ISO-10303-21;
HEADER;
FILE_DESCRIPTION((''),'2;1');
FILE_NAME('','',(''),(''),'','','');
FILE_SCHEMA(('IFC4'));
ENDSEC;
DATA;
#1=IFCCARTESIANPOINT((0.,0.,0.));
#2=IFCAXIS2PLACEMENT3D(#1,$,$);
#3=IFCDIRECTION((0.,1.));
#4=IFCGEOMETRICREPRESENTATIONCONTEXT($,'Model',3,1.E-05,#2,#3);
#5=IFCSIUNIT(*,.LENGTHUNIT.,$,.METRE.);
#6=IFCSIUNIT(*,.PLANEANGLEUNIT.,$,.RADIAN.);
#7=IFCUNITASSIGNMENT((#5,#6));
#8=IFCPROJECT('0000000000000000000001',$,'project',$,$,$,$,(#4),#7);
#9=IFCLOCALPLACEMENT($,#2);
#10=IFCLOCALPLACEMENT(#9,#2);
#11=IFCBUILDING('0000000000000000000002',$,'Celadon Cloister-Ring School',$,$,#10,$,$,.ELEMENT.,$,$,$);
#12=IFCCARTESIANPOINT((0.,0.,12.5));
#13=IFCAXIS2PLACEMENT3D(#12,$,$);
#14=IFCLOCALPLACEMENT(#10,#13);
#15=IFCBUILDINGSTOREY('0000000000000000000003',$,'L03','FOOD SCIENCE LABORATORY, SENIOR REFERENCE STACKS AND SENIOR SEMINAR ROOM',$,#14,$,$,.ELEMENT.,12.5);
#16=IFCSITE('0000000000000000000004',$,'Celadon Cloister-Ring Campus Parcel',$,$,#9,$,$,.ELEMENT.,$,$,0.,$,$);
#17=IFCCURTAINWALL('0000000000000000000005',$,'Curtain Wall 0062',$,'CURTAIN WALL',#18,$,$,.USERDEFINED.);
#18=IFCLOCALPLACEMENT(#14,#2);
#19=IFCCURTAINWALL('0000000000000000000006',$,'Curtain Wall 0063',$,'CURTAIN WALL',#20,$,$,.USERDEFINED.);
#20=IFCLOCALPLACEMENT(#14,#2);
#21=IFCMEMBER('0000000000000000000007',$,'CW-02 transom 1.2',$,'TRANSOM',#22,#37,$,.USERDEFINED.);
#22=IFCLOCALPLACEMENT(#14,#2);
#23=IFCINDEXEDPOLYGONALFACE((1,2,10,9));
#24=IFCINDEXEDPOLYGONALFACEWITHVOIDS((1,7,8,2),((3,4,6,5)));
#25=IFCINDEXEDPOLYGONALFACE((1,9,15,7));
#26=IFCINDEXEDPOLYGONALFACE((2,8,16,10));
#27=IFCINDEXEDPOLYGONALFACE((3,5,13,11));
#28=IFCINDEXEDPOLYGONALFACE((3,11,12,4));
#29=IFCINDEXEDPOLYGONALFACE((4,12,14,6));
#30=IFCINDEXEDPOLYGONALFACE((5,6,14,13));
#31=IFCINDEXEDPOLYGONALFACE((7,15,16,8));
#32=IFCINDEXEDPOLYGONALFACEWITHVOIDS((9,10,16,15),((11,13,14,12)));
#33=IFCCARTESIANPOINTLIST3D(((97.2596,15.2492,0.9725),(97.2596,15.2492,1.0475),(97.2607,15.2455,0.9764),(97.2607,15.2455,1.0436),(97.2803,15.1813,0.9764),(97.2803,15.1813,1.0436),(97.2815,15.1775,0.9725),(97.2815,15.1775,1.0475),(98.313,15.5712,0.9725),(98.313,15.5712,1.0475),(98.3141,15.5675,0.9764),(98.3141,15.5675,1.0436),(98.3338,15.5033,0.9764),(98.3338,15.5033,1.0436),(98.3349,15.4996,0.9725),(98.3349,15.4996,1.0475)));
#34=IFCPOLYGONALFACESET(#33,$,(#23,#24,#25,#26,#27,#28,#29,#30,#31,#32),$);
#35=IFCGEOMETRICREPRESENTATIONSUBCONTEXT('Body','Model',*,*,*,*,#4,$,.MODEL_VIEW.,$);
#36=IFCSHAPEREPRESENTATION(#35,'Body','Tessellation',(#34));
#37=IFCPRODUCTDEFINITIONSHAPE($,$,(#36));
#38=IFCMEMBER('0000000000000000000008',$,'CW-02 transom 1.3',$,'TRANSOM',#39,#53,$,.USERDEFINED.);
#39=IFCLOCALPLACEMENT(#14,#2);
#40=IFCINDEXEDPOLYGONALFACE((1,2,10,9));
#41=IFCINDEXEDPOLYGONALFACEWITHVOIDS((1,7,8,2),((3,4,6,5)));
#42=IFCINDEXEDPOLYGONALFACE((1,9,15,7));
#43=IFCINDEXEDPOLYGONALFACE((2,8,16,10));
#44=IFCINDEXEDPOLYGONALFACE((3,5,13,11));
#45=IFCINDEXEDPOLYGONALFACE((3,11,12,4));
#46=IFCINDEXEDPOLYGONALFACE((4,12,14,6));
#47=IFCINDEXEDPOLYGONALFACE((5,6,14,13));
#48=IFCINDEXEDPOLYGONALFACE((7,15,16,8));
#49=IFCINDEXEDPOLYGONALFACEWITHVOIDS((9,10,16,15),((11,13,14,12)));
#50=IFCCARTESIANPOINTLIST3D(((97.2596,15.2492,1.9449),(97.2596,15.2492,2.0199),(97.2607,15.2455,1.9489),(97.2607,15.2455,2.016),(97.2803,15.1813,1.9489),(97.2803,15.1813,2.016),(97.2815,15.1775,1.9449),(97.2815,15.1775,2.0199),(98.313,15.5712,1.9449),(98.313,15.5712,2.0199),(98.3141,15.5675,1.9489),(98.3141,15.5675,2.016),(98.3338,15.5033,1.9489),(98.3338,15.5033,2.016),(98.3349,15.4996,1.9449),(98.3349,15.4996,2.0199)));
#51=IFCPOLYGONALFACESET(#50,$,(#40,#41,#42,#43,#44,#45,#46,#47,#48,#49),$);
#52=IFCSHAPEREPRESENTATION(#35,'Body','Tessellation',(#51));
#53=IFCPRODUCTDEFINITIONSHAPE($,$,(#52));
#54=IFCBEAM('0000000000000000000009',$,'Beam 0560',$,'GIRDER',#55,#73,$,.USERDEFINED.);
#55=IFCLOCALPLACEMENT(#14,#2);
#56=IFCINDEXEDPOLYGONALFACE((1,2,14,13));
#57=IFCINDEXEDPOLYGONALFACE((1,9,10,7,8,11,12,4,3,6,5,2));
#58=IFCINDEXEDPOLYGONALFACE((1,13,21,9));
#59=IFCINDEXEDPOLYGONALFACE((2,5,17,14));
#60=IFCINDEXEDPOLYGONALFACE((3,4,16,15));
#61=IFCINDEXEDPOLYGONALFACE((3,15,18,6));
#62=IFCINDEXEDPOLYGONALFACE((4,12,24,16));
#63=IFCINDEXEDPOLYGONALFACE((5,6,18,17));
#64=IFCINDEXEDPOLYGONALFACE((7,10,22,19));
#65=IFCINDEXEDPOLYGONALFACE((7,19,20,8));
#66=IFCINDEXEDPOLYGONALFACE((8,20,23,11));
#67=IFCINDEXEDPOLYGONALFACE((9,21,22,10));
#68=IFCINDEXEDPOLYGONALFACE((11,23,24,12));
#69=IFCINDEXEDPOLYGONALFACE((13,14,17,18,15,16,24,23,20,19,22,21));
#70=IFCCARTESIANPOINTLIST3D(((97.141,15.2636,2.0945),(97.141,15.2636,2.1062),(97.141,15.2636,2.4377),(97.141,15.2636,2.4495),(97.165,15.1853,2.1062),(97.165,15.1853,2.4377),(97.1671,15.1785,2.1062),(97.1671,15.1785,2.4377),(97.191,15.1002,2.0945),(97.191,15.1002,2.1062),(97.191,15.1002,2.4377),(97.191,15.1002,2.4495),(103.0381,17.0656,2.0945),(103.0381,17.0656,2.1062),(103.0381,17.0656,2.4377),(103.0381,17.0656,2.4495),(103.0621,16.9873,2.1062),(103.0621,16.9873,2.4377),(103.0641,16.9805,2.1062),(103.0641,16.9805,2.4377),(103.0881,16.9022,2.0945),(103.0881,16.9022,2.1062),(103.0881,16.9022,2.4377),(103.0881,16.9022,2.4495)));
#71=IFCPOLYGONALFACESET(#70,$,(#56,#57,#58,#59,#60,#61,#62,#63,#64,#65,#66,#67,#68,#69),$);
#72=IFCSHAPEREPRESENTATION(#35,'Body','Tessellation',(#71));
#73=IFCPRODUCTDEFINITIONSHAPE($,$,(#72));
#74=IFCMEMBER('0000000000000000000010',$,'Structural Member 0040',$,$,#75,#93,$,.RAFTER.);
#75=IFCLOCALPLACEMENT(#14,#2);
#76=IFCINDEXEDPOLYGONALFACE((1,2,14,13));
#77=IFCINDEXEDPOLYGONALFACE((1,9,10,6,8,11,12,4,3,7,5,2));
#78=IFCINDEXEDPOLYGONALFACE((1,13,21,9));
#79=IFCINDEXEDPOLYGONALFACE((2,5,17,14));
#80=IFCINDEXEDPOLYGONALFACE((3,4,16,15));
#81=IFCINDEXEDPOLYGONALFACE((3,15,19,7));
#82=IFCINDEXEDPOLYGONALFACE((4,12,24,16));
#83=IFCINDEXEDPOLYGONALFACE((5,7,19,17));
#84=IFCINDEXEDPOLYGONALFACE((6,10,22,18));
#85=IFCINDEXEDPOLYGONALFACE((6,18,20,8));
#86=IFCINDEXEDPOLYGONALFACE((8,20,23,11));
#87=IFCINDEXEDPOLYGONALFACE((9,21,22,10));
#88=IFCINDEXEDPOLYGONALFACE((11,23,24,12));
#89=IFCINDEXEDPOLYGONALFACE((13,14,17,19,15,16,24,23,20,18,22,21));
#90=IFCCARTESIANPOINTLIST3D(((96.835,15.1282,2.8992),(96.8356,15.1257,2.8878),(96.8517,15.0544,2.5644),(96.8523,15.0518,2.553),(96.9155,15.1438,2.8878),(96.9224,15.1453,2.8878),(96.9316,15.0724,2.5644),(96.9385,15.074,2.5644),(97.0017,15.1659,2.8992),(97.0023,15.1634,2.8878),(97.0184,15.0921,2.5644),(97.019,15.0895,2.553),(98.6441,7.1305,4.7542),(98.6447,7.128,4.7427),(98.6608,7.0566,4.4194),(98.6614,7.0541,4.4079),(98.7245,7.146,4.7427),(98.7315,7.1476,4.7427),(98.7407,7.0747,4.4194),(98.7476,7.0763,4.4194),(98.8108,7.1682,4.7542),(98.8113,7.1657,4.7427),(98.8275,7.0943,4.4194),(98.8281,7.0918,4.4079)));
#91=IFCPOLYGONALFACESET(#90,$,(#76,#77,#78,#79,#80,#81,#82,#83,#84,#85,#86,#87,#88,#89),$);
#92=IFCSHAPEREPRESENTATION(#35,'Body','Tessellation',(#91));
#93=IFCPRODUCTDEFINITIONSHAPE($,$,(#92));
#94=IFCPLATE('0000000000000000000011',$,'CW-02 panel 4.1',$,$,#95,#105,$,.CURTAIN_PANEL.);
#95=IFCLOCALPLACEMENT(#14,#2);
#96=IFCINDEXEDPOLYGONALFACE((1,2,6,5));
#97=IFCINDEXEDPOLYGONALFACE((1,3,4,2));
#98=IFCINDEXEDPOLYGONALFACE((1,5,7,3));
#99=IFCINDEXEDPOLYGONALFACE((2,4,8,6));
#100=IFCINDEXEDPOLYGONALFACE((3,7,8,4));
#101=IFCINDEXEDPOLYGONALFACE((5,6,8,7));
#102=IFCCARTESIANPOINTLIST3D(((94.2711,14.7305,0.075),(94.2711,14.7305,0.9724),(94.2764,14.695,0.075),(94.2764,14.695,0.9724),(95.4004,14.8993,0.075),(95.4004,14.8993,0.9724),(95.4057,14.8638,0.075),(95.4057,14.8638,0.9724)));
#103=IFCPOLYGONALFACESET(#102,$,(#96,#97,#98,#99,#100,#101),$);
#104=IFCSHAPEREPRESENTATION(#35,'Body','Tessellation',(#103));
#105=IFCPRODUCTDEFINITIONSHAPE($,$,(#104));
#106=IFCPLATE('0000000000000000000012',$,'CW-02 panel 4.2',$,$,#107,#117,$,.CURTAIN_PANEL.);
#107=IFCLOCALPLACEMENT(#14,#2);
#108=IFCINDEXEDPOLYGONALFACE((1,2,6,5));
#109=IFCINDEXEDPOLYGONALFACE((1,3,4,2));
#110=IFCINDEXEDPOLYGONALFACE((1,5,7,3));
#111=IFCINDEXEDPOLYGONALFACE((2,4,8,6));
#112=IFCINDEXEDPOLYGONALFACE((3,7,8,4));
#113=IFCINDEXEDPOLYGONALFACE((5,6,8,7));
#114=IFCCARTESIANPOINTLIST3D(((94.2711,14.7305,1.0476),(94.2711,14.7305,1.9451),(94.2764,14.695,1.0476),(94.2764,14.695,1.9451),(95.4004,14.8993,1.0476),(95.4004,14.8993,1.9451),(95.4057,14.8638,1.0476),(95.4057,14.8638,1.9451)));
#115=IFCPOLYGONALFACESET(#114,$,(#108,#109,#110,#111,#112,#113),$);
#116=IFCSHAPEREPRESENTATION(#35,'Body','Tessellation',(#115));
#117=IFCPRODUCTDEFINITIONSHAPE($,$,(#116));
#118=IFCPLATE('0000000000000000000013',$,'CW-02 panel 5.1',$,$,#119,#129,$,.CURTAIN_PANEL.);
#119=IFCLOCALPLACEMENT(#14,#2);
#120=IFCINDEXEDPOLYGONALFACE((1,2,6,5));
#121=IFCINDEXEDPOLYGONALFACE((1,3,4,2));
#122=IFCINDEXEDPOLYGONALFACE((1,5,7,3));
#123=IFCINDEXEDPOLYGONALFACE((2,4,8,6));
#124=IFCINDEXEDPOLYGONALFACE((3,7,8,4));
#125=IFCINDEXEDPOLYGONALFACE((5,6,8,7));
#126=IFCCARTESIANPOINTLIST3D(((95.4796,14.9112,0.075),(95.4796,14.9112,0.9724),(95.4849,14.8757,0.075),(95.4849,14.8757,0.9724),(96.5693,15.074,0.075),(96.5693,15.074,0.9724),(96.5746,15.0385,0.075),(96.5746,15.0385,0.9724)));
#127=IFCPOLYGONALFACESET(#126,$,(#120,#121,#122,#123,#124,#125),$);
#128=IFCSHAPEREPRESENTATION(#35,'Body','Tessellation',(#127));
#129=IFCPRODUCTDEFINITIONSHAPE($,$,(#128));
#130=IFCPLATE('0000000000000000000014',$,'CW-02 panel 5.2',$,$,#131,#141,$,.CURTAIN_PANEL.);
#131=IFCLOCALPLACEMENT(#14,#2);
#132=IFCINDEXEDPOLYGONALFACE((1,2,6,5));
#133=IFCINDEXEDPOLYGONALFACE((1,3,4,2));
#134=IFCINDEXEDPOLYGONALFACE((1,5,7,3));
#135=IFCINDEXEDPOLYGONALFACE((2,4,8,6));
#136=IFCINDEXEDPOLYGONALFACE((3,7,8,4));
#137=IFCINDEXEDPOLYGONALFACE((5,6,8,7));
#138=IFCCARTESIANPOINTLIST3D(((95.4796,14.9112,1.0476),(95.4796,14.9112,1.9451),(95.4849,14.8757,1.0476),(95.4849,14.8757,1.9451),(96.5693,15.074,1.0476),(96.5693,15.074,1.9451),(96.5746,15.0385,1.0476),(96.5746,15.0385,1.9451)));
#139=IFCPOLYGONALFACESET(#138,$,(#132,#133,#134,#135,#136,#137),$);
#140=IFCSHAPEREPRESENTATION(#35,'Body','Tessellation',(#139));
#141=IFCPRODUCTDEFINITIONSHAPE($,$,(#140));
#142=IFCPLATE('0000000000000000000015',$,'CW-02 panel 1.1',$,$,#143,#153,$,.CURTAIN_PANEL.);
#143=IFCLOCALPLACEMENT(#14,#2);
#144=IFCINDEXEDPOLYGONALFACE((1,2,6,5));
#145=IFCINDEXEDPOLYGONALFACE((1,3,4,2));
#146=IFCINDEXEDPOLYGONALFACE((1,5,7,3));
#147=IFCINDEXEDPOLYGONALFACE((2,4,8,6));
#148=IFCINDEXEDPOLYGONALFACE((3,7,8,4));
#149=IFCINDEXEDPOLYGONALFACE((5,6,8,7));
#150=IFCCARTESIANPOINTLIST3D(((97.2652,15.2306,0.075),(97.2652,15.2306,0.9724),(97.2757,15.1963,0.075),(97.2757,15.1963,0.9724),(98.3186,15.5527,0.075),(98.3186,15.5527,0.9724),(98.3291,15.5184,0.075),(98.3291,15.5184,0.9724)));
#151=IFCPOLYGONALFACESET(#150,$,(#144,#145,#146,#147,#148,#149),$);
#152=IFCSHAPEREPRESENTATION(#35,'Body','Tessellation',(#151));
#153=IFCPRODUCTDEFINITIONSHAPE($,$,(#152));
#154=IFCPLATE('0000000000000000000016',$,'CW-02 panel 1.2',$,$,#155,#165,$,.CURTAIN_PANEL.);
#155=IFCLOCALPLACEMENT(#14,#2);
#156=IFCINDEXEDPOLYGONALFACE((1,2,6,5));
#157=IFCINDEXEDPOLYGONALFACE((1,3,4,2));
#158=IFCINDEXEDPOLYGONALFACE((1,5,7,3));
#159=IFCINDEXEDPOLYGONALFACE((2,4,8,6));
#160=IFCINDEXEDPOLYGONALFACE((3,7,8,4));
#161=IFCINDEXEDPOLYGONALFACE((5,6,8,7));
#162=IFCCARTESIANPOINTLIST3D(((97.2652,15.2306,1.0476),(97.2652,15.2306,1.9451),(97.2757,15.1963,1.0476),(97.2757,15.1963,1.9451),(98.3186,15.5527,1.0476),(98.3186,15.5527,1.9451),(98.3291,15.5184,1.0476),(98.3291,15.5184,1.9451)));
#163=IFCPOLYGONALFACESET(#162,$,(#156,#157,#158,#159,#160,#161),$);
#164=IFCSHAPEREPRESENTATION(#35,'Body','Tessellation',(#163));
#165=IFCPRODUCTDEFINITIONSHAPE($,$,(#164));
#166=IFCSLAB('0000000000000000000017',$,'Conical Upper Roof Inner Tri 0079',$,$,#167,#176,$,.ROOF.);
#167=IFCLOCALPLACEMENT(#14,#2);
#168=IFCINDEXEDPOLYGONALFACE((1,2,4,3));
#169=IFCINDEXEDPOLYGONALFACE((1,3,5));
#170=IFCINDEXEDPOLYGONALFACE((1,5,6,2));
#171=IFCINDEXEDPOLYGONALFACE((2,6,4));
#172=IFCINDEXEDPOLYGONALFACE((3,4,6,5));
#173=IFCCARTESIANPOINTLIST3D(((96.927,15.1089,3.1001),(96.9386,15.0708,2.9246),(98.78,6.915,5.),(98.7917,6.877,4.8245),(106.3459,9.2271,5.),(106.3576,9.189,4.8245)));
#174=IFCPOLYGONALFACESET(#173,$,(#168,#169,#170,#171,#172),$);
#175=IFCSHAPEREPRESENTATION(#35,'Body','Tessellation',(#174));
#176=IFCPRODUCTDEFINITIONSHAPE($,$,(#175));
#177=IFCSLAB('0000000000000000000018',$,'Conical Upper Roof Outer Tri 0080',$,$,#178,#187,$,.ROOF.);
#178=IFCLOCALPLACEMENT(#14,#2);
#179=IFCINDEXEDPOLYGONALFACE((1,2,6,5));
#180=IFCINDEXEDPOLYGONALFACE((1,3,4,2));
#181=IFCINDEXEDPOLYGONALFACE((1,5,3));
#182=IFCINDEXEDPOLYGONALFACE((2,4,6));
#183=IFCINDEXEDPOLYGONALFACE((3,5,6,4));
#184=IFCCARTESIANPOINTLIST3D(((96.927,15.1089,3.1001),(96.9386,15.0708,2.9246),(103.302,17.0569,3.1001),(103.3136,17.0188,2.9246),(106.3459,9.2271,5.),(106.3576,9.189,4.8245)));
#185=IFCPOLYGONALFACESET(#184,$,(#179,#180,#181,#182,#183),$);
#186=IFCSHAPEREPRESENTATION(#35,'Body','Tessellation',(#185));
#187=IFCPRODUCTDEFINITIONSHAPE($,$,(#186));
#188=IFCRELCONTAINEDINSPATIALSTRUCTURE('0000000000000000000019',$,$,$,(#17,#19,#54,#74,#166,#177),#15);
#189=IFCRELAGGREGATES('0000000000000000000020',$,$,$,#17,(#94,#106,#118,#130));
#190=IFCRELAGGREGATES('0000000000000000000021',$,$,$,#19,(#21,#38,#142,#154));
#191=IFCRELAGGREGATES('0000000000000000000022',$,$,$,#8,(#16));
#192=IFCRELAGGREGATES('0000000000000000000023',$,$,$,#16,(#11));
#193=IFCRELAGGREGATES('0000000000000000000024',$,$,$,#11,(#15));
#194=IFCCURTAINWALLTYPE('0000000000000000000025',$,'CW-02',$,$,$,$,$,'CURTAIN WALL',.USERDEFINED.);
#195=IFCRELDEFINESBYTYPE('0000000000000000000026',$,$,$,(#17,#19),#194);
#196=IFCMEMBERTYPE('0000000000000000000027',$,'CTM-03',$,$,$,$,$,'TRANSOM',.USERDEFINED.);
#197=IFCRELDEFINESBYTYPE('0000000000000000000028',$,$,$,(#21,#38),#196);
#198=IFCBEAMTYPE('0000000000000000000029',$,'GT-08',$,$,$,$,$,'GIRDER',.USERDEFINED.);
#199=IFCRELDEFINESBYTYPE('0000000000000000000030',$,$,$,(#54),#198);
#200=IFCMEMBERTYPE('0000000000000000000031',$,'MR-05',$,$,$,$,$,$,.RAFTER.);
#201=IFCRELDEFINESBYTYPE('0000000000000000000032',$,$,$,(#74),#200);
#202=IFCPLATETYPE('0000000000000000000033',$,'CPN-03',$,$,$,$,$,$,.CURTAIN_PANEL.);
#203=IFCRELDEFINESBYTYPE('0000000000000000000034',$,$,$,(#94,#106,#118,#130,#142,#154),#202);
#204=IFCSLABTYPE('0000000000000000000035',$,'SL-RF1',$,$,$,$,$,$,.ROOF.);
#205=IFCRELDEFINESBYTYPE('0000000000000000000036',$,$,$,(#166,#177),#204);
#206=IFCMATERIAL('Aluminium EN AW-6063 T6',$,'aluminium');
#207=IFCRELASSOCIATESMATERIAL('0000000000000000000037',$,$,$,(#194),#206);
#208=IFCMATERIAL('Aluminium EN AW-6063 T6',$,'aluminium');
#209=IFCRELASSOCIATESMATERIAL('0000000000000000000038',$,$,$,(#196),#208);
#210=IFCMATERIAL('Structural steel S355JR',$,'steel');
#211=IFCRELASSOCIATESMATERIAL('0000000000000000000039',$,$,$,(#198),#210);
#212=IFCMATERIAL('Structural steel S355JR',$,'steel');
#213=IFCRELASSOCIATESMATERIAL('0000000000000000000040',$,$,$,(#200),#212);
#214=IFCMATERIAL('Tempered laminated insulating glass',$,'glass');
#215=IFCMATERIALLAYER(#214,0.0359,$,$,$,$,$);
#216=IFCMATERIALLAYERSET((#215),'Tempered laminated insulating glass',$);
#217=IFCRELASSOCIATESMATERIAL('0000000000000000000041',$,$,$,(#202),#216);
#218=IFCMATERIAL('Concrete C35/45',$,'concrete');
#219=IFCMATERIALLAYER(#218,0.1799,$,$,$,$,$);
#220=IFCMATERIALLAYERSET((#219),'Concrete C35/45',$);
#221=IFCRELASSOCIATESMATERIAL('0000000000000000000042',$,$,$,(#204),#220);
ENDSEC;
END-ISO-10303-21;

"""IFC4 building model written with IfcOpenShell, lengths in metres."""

from ifc_helpers import new_model, si_unit, direction, frame, origin, origin_2d, place, context, subcontext, project, spatial, polyline, rectangle, hollow_rectangle, i_section, outline, extrude, material, layer, layer_set, material_profile, profile_set, type_object, element, aggregate, save


model = new_model("IFC4")

# Units and contexts
model_context = context("Model", 3, precision=1e-05, world=origin(), true_north=direction((0.0, 1.0)))
body_context = subcontext(model_context, "Body", "Model", "MODEL_VIEW")
ifc_project = project(units=[si_unit("LENGTHUNIT", "METRE"), si_unit("PLANEANGLEUNIT", "RADIAN")], contexts=[model_context])

# Site, building, storey
site_placement = place(None, origin())
site = spatial("IfcSite", under=ifc_project, at=site_placement, Name="Celadon Cloister-Ring Campus Parcel", CompositionType="ELEMENT", RefElevation=0.0)
building_placement = place(site_placement, origin())
building = spatial("IfcBuilding", under=site, at=building_placement, Name="Celadon Cloister-Ring School", CompositionType="ELEMENT")
storey_placement = place(building_placement, frame((0.0, 0.0, 12.5)))
storey = spatial("IfcBuildingStorey", under=building, at=storey_placement, Name="L03", Description="FOOD SCIENCE LABORATORY, SENIOR REFERENCE STACKS AND SENIOR SEMINAR ROOM", CompositionType="ELEMENT", Elevation=12.5)

# Curtain wall
ifc_material_1 = material(Name="Aluminium EN AW-6063 T6", Category="aluminium")
curtain_wall_type = type_object("IfcCurtainWallType", Name="CW-02", ElementType="CURTAIN WALL", PredefinedType="USERDEFINED", material=ifc_material_1)
curtain_wall_1_placement = place(storey_placement, origin())
curtain_wall_1 = element("IfcCurtainWall", 1, at=curtain_wall_1_placement, inside=storey, type_object=curtain_wall_type, Name="Curtain Wall 0062", ObjectType="CURTAIN WALL", PredefinedType="USERDEFINED")

# Curtain wall
curtain_wall_2_placement = place(storey_placement, origin())
curtain_wall_2 = element("IfcCurtainWall", 2, at=curtain_wall_2_placement, inside=storey, type_object=curtain_wall_type, Name="Curtain Wall 0063", ObjectType="CURTAIN WALL", PredefinedType="USERDEFINED")

# Members
ifc_material_2 = material(Name="Aluminium EN AW-6063 T6", Category="aluminium")
ifc_material_profile_1 = material_profile(ifc_material_2, hollow_rectangle(XDim=0.075, YDim=0.075, WallThickness=0.0039, at=origin_2d()), Name="RHS75X75X4")
ifc_profile_set_1 = profile_set([ifc_material_profile_1], Name="Aluminium EN AW-6063 T6")
member_type_1 = type_object("IfcMemberType", Name="CTM-03", ElementType="TRANSOM", PredefinedType="USERDEFINED", material=ifc_profile_set_1)
member_1_placement = place(storey_placement, frame((97.2705, 15.2134, 1.01), z_axis=(0.956319, 0.292326, 0.0), x_axis=(-0.292326, 0.956319, 0.0)))
member_1 = element("IfcMember", 3, at=member_1_placement, type_object=member_type_1, Name="CW-02 transom 1.2", ObjectType="TRANSOM", PredefinedType="USERDEFINED", context=body_context, shape_type="SweptSolid", body=[
    extrude(hollow_rectangle(XDim=0.075, YDim=0.075, WallThickness=0.0039, at=origin_2d()), origin(), (0.0, 0.0, 1.0), 1.1016),
])
member_2_placement = place(storey_placement, frame((97.2705, 15.2134, 1.9824), z_axis=(0.956319, 0.292326, 0.0), x_axis=(-0.292326, 0.956319, 0.0)))
member_2 = element("IfcMember", 4, at=member_2_placement, type_object=member_type_1, Name="CW-02 transom 1.3", ObjectType="TRANSOM", PredefinedType="USERDEFINED", context=body_context, shape_type="SweptSolid", body=[
    extrude(hollow_rectangle(XDim=0.075, YDim=0.075, WallThickness=0.0039, at=origin_2d()), origin(), (0.0, 0.0, 1.0), 1.1016),
])

# Beam
ifc_material_3 = material(Name="Structural steel S355JR", Category="steel")
ifc_material_profile_2 = material_profile(ifc_material_3, i_section(OverallWidth=0.1709, OverallDepth=0.355, WebThickness=0.0071, FlangeThickness=0.0117, at=origin_2d()), Name="W360X51")
ifc_profile_set_2 = profile_set([ifc_material_profile_2], Name="Structural steel S355JR")
beam_type = type_object("IfcBeamType", Name="GT-08", ElementType="GIRDER", PredefinedType="USERDEFINED", material=ifc_profile_set_2)
beam_placement = place(storey_placement, frame((97.166, 15.1819, 2.272), z_axis=(0.956345, 0.292241, 0.0), x_axis=(-0.292241, 0.956345, 0.0)))
element("IfcBeam", 5, at=beam_placement, inside=storey, type_object=beam_type, Name="Beam 0560", ObjectType="GIRDER", PredefinedType="USERDEFINED", context=body_context, shape_type="SweptSolid", body=[
    extrude(i_section(OverallWidth=0.1709, OverallDepth=0.355, WebThickness=0.0071, FlangeThickness=0.0117, at=origin_2d()), origin(), (0.0, 0.0, 1.0), 6.1663),
])

# Member
ifc_material_4 = material(Name="Structural steel S355JR", Category="steel")
ifc_material_profile_3 = material_profile(ifc_material_4, i_section(OverallWidth=0.1709, OverallDepth=0.355, WebThickness=0.0071, FlangeThickness=0.0117, at=origin_2d()), Name="W360X51")
ifc_profile_set_3 = profile_set([ifc_material_profile_3], Name="Structural steel S355JR")
member_type_2 = type_object("IfcMemberType", Name="MR-05", PredefinedType="RAFTER", material=ifc_profile_set_3)
member_3_placement = place(storey_placement, frame((96.927, 15.1089, 2.7261), z_axis=(0.215186, -0.95132, 0.220646), x_axis=(0.975359, 0.220624, 0.0)))
element("IfcMember", 6, at=member_3_placement, inside=storey, type_object=member_type_2, Name="Structural Member 0040", PredefinedType="RAFTER", context=body_context, shape_type="SweptSolid", body=[
    extrude(i_section(OverallWidth=0.1709, OverallDepth=0.355, WebThickness=0.0071, FlangeThickness=0.0117, at=origin_2d()), origin(), (0.0, 0.0, 1.0), 8.407),
])

# Plates
ifc_material_5 = material(Name="Tempered laminated insulating glass", Category="glass")
ifc_layer_1 = layer(ifc_material_5, 0.0359)
ifc_layer_set_1 = layer_set([ifc_layer_1], Name="Tempered laminated insulating glass")
plate_type = type_object("IfcPlateType", Name="CPN-03", PredefinedType="CURTAIN_PANEL", material=ifc_layer_set_1)
plate_1_placement = place(storey_placement, frame((94.8384, 14.7971, 0.075), z_axis=(0.0, 0.0, 1.0), x_axis=(0.989015, 0.147812, 0.0)))
plate_1 = element("IfcPlate", 7, at=plate_1_placement, type_object=plate_type, Name="CW-02 panel 4.1", PredefinedType="CURTAIN_PANEL", context=body_context, shape_type="SweptSolid", body=[
    extrude(rectangle(XDim=1.1418, YDim=0.0359, at=origin_2d()), origin(), (0.0, 0.0, 1.0), 0.8975),
])
plate_2_placement = place(storey_placement, frame((94.8384, 14.7971, 1.0476), z_axis=(0.0, 0.0, 1.0), x_axis=(0.989015, 0.147812, 0.0)))
plate_2 = element("IfcPlate", 8, at=plate_2_placement, type_object=plate_type, Name="CW-02 panel 4.2", PredefinedType="CURTAIN_PANEL", context=body_context, shape_type="SweptSolid", body=[
    extrude(rectangle(XDim=1.1418, YDim=0.0359, at=origin_2d()), origin(), (0.0, 0.0, 1.0), 0.8975),
])
plate_3_placement = place(storey_placement, frame((96.0271, 14.9749, 0.075), z_axis=(0.0, 0.0, 1.0), x_axis=(0.989015, 0.147812, 0.0)))
plate_3 = element("IfcPlate", 9, at=plate_3_placement, type_object=plate_type, Name="CW-02 panel 5.1", PredefinedType="CURTAIN_PANEL", context=body_context, shape_type="SweptSolid", body=[
    extrude(rectangle(XDim=1.1018, YDim=0.0359, at=origin_2d()), origin(), (0.0, 0.0, 1.0), 0.8975),
])
plate_4_placement = place(storey_placement, frame((96.0271, 14.9749, 1.0476), z_axis=(0.0, 0.0, 1.0), x_axis=(0.989015, 0.147812, 0.0)))
plate_4 = element("IfcPlate", 10, at=plate_4_placement, type_object=plate_type, Name="CW-02 panel 5.2", PredefinedType="CURTAIN_PANEL", context=body_context, shape_type="SweptSolid", body=[
    extrude(rectangle(XDim=1.1018, YDim=0.0359, at=origin_2d()), origin(), (0.0, 0.0, 1.0), 0.8975),
])
aggregate(curtain_wall_1, [plate_1, plate_2, plate_3, plate_4])
plate_5_placement = place(storey_placement, frame((97.7971, 15.3745, 0.075), z_axis=(0.0, 0.0, 1.0), x_axis=(0.956294, 0.292406, 0.0)))
plate_5 = element("IfcPlate", 11, at=plate_5_placement, type_object=plate_type, Name="CW-02 panel 1.1", PredefinedType="CURTAIN_PANEL", context=body_context, shape_type="SweptSolid", body=[
    extrude(rectangle(XDim=1.1016, YDim=0.0359, at=origin_2d()), origin(), (0.0, 0.0, 1.0), 0.8975),
])
plate_6_placement = place(storey_placement, frame((97.7971, 15.3745, 1.0476), z_axis=(0.0, 0.0, 1.0), x_axis=(0.956294, 0.292406, 0.0)))
plate_6 = element("IfcPlate", 12, at=plate_6_placement, type_object=plate_type, Name="CW-02 panel 1.2", PredefinedType="CURTAIN_PANEL", context=body_context, shape_type="SweptSolid", body=[
    extrude(rectangle(XDim=1.1016, YDim=0.0359, at=origin_2d()), origin(), (0.0, 0.0, 1.0), 0.8975),
])
aggregate(curtain_wall_2, [member_1, member_2, plate_5, plate_6])

# Slabs
ifc_material_6 = material(Name="Concrete C35/45", Category="concrete")
ifc_layer_2 = layer(ifc_material_6, 0.1799)
ifc_layer_set_2 = layer_set([ifc_layer_2], Name="Concrete C35/45")
slab_type = type_object("IfcSlabType", Name="SL-RF1", PredefinedType="ROOF", material=ifc_layer_set_2)
slab_1_placement = place(storey_placement, frame((96.927, 15.1089, 3.1001), z_axis=(-0.064634, 0.211511, 0.975236), x_axis=(0.215145, -0.951343, 0.220587)))
element("IfcSlab", 13, at=slab_1_placement, inside=storey, type_object=slab_type, Name="Conical Upper Roof Inner Tri 0079", PredefinedType="ROOF", context=body_context, shape_type="SweptSolid", body=[
    extrude(outline(polyline([(0.0, 0.0), (8.6129, 0.0), (8.0412, 7.8906), (0.0, 0.0)])), origin(), (0.0, 0.0, -1.0), 0.1799),
])
slab_2_placement = place(storey_placement, frame((96.927, 15.1089, 3.1001), z_axis=(-0.064632, 0.211514, 0.975236), x_axis=(0.836053, -0.522089, 0.168641)))
element("IfcSlab", 14, at=slab_2_placement, inside=storey, type_object=slab_type, Name="Conical Upper Roof Outer Tri 0080", PredefinedType="ROOF", context=body_context, shape_type="SweptSolid", body=[
    extrude(outline(polyline([(0.0, 0.0), (11.266, 0.0), (4.3128, 5.0828), (0.0, 0.0)])), origin(), (0.0, 0.0, -1.0), 0.1799),
])

save(model, "model.ifc")
